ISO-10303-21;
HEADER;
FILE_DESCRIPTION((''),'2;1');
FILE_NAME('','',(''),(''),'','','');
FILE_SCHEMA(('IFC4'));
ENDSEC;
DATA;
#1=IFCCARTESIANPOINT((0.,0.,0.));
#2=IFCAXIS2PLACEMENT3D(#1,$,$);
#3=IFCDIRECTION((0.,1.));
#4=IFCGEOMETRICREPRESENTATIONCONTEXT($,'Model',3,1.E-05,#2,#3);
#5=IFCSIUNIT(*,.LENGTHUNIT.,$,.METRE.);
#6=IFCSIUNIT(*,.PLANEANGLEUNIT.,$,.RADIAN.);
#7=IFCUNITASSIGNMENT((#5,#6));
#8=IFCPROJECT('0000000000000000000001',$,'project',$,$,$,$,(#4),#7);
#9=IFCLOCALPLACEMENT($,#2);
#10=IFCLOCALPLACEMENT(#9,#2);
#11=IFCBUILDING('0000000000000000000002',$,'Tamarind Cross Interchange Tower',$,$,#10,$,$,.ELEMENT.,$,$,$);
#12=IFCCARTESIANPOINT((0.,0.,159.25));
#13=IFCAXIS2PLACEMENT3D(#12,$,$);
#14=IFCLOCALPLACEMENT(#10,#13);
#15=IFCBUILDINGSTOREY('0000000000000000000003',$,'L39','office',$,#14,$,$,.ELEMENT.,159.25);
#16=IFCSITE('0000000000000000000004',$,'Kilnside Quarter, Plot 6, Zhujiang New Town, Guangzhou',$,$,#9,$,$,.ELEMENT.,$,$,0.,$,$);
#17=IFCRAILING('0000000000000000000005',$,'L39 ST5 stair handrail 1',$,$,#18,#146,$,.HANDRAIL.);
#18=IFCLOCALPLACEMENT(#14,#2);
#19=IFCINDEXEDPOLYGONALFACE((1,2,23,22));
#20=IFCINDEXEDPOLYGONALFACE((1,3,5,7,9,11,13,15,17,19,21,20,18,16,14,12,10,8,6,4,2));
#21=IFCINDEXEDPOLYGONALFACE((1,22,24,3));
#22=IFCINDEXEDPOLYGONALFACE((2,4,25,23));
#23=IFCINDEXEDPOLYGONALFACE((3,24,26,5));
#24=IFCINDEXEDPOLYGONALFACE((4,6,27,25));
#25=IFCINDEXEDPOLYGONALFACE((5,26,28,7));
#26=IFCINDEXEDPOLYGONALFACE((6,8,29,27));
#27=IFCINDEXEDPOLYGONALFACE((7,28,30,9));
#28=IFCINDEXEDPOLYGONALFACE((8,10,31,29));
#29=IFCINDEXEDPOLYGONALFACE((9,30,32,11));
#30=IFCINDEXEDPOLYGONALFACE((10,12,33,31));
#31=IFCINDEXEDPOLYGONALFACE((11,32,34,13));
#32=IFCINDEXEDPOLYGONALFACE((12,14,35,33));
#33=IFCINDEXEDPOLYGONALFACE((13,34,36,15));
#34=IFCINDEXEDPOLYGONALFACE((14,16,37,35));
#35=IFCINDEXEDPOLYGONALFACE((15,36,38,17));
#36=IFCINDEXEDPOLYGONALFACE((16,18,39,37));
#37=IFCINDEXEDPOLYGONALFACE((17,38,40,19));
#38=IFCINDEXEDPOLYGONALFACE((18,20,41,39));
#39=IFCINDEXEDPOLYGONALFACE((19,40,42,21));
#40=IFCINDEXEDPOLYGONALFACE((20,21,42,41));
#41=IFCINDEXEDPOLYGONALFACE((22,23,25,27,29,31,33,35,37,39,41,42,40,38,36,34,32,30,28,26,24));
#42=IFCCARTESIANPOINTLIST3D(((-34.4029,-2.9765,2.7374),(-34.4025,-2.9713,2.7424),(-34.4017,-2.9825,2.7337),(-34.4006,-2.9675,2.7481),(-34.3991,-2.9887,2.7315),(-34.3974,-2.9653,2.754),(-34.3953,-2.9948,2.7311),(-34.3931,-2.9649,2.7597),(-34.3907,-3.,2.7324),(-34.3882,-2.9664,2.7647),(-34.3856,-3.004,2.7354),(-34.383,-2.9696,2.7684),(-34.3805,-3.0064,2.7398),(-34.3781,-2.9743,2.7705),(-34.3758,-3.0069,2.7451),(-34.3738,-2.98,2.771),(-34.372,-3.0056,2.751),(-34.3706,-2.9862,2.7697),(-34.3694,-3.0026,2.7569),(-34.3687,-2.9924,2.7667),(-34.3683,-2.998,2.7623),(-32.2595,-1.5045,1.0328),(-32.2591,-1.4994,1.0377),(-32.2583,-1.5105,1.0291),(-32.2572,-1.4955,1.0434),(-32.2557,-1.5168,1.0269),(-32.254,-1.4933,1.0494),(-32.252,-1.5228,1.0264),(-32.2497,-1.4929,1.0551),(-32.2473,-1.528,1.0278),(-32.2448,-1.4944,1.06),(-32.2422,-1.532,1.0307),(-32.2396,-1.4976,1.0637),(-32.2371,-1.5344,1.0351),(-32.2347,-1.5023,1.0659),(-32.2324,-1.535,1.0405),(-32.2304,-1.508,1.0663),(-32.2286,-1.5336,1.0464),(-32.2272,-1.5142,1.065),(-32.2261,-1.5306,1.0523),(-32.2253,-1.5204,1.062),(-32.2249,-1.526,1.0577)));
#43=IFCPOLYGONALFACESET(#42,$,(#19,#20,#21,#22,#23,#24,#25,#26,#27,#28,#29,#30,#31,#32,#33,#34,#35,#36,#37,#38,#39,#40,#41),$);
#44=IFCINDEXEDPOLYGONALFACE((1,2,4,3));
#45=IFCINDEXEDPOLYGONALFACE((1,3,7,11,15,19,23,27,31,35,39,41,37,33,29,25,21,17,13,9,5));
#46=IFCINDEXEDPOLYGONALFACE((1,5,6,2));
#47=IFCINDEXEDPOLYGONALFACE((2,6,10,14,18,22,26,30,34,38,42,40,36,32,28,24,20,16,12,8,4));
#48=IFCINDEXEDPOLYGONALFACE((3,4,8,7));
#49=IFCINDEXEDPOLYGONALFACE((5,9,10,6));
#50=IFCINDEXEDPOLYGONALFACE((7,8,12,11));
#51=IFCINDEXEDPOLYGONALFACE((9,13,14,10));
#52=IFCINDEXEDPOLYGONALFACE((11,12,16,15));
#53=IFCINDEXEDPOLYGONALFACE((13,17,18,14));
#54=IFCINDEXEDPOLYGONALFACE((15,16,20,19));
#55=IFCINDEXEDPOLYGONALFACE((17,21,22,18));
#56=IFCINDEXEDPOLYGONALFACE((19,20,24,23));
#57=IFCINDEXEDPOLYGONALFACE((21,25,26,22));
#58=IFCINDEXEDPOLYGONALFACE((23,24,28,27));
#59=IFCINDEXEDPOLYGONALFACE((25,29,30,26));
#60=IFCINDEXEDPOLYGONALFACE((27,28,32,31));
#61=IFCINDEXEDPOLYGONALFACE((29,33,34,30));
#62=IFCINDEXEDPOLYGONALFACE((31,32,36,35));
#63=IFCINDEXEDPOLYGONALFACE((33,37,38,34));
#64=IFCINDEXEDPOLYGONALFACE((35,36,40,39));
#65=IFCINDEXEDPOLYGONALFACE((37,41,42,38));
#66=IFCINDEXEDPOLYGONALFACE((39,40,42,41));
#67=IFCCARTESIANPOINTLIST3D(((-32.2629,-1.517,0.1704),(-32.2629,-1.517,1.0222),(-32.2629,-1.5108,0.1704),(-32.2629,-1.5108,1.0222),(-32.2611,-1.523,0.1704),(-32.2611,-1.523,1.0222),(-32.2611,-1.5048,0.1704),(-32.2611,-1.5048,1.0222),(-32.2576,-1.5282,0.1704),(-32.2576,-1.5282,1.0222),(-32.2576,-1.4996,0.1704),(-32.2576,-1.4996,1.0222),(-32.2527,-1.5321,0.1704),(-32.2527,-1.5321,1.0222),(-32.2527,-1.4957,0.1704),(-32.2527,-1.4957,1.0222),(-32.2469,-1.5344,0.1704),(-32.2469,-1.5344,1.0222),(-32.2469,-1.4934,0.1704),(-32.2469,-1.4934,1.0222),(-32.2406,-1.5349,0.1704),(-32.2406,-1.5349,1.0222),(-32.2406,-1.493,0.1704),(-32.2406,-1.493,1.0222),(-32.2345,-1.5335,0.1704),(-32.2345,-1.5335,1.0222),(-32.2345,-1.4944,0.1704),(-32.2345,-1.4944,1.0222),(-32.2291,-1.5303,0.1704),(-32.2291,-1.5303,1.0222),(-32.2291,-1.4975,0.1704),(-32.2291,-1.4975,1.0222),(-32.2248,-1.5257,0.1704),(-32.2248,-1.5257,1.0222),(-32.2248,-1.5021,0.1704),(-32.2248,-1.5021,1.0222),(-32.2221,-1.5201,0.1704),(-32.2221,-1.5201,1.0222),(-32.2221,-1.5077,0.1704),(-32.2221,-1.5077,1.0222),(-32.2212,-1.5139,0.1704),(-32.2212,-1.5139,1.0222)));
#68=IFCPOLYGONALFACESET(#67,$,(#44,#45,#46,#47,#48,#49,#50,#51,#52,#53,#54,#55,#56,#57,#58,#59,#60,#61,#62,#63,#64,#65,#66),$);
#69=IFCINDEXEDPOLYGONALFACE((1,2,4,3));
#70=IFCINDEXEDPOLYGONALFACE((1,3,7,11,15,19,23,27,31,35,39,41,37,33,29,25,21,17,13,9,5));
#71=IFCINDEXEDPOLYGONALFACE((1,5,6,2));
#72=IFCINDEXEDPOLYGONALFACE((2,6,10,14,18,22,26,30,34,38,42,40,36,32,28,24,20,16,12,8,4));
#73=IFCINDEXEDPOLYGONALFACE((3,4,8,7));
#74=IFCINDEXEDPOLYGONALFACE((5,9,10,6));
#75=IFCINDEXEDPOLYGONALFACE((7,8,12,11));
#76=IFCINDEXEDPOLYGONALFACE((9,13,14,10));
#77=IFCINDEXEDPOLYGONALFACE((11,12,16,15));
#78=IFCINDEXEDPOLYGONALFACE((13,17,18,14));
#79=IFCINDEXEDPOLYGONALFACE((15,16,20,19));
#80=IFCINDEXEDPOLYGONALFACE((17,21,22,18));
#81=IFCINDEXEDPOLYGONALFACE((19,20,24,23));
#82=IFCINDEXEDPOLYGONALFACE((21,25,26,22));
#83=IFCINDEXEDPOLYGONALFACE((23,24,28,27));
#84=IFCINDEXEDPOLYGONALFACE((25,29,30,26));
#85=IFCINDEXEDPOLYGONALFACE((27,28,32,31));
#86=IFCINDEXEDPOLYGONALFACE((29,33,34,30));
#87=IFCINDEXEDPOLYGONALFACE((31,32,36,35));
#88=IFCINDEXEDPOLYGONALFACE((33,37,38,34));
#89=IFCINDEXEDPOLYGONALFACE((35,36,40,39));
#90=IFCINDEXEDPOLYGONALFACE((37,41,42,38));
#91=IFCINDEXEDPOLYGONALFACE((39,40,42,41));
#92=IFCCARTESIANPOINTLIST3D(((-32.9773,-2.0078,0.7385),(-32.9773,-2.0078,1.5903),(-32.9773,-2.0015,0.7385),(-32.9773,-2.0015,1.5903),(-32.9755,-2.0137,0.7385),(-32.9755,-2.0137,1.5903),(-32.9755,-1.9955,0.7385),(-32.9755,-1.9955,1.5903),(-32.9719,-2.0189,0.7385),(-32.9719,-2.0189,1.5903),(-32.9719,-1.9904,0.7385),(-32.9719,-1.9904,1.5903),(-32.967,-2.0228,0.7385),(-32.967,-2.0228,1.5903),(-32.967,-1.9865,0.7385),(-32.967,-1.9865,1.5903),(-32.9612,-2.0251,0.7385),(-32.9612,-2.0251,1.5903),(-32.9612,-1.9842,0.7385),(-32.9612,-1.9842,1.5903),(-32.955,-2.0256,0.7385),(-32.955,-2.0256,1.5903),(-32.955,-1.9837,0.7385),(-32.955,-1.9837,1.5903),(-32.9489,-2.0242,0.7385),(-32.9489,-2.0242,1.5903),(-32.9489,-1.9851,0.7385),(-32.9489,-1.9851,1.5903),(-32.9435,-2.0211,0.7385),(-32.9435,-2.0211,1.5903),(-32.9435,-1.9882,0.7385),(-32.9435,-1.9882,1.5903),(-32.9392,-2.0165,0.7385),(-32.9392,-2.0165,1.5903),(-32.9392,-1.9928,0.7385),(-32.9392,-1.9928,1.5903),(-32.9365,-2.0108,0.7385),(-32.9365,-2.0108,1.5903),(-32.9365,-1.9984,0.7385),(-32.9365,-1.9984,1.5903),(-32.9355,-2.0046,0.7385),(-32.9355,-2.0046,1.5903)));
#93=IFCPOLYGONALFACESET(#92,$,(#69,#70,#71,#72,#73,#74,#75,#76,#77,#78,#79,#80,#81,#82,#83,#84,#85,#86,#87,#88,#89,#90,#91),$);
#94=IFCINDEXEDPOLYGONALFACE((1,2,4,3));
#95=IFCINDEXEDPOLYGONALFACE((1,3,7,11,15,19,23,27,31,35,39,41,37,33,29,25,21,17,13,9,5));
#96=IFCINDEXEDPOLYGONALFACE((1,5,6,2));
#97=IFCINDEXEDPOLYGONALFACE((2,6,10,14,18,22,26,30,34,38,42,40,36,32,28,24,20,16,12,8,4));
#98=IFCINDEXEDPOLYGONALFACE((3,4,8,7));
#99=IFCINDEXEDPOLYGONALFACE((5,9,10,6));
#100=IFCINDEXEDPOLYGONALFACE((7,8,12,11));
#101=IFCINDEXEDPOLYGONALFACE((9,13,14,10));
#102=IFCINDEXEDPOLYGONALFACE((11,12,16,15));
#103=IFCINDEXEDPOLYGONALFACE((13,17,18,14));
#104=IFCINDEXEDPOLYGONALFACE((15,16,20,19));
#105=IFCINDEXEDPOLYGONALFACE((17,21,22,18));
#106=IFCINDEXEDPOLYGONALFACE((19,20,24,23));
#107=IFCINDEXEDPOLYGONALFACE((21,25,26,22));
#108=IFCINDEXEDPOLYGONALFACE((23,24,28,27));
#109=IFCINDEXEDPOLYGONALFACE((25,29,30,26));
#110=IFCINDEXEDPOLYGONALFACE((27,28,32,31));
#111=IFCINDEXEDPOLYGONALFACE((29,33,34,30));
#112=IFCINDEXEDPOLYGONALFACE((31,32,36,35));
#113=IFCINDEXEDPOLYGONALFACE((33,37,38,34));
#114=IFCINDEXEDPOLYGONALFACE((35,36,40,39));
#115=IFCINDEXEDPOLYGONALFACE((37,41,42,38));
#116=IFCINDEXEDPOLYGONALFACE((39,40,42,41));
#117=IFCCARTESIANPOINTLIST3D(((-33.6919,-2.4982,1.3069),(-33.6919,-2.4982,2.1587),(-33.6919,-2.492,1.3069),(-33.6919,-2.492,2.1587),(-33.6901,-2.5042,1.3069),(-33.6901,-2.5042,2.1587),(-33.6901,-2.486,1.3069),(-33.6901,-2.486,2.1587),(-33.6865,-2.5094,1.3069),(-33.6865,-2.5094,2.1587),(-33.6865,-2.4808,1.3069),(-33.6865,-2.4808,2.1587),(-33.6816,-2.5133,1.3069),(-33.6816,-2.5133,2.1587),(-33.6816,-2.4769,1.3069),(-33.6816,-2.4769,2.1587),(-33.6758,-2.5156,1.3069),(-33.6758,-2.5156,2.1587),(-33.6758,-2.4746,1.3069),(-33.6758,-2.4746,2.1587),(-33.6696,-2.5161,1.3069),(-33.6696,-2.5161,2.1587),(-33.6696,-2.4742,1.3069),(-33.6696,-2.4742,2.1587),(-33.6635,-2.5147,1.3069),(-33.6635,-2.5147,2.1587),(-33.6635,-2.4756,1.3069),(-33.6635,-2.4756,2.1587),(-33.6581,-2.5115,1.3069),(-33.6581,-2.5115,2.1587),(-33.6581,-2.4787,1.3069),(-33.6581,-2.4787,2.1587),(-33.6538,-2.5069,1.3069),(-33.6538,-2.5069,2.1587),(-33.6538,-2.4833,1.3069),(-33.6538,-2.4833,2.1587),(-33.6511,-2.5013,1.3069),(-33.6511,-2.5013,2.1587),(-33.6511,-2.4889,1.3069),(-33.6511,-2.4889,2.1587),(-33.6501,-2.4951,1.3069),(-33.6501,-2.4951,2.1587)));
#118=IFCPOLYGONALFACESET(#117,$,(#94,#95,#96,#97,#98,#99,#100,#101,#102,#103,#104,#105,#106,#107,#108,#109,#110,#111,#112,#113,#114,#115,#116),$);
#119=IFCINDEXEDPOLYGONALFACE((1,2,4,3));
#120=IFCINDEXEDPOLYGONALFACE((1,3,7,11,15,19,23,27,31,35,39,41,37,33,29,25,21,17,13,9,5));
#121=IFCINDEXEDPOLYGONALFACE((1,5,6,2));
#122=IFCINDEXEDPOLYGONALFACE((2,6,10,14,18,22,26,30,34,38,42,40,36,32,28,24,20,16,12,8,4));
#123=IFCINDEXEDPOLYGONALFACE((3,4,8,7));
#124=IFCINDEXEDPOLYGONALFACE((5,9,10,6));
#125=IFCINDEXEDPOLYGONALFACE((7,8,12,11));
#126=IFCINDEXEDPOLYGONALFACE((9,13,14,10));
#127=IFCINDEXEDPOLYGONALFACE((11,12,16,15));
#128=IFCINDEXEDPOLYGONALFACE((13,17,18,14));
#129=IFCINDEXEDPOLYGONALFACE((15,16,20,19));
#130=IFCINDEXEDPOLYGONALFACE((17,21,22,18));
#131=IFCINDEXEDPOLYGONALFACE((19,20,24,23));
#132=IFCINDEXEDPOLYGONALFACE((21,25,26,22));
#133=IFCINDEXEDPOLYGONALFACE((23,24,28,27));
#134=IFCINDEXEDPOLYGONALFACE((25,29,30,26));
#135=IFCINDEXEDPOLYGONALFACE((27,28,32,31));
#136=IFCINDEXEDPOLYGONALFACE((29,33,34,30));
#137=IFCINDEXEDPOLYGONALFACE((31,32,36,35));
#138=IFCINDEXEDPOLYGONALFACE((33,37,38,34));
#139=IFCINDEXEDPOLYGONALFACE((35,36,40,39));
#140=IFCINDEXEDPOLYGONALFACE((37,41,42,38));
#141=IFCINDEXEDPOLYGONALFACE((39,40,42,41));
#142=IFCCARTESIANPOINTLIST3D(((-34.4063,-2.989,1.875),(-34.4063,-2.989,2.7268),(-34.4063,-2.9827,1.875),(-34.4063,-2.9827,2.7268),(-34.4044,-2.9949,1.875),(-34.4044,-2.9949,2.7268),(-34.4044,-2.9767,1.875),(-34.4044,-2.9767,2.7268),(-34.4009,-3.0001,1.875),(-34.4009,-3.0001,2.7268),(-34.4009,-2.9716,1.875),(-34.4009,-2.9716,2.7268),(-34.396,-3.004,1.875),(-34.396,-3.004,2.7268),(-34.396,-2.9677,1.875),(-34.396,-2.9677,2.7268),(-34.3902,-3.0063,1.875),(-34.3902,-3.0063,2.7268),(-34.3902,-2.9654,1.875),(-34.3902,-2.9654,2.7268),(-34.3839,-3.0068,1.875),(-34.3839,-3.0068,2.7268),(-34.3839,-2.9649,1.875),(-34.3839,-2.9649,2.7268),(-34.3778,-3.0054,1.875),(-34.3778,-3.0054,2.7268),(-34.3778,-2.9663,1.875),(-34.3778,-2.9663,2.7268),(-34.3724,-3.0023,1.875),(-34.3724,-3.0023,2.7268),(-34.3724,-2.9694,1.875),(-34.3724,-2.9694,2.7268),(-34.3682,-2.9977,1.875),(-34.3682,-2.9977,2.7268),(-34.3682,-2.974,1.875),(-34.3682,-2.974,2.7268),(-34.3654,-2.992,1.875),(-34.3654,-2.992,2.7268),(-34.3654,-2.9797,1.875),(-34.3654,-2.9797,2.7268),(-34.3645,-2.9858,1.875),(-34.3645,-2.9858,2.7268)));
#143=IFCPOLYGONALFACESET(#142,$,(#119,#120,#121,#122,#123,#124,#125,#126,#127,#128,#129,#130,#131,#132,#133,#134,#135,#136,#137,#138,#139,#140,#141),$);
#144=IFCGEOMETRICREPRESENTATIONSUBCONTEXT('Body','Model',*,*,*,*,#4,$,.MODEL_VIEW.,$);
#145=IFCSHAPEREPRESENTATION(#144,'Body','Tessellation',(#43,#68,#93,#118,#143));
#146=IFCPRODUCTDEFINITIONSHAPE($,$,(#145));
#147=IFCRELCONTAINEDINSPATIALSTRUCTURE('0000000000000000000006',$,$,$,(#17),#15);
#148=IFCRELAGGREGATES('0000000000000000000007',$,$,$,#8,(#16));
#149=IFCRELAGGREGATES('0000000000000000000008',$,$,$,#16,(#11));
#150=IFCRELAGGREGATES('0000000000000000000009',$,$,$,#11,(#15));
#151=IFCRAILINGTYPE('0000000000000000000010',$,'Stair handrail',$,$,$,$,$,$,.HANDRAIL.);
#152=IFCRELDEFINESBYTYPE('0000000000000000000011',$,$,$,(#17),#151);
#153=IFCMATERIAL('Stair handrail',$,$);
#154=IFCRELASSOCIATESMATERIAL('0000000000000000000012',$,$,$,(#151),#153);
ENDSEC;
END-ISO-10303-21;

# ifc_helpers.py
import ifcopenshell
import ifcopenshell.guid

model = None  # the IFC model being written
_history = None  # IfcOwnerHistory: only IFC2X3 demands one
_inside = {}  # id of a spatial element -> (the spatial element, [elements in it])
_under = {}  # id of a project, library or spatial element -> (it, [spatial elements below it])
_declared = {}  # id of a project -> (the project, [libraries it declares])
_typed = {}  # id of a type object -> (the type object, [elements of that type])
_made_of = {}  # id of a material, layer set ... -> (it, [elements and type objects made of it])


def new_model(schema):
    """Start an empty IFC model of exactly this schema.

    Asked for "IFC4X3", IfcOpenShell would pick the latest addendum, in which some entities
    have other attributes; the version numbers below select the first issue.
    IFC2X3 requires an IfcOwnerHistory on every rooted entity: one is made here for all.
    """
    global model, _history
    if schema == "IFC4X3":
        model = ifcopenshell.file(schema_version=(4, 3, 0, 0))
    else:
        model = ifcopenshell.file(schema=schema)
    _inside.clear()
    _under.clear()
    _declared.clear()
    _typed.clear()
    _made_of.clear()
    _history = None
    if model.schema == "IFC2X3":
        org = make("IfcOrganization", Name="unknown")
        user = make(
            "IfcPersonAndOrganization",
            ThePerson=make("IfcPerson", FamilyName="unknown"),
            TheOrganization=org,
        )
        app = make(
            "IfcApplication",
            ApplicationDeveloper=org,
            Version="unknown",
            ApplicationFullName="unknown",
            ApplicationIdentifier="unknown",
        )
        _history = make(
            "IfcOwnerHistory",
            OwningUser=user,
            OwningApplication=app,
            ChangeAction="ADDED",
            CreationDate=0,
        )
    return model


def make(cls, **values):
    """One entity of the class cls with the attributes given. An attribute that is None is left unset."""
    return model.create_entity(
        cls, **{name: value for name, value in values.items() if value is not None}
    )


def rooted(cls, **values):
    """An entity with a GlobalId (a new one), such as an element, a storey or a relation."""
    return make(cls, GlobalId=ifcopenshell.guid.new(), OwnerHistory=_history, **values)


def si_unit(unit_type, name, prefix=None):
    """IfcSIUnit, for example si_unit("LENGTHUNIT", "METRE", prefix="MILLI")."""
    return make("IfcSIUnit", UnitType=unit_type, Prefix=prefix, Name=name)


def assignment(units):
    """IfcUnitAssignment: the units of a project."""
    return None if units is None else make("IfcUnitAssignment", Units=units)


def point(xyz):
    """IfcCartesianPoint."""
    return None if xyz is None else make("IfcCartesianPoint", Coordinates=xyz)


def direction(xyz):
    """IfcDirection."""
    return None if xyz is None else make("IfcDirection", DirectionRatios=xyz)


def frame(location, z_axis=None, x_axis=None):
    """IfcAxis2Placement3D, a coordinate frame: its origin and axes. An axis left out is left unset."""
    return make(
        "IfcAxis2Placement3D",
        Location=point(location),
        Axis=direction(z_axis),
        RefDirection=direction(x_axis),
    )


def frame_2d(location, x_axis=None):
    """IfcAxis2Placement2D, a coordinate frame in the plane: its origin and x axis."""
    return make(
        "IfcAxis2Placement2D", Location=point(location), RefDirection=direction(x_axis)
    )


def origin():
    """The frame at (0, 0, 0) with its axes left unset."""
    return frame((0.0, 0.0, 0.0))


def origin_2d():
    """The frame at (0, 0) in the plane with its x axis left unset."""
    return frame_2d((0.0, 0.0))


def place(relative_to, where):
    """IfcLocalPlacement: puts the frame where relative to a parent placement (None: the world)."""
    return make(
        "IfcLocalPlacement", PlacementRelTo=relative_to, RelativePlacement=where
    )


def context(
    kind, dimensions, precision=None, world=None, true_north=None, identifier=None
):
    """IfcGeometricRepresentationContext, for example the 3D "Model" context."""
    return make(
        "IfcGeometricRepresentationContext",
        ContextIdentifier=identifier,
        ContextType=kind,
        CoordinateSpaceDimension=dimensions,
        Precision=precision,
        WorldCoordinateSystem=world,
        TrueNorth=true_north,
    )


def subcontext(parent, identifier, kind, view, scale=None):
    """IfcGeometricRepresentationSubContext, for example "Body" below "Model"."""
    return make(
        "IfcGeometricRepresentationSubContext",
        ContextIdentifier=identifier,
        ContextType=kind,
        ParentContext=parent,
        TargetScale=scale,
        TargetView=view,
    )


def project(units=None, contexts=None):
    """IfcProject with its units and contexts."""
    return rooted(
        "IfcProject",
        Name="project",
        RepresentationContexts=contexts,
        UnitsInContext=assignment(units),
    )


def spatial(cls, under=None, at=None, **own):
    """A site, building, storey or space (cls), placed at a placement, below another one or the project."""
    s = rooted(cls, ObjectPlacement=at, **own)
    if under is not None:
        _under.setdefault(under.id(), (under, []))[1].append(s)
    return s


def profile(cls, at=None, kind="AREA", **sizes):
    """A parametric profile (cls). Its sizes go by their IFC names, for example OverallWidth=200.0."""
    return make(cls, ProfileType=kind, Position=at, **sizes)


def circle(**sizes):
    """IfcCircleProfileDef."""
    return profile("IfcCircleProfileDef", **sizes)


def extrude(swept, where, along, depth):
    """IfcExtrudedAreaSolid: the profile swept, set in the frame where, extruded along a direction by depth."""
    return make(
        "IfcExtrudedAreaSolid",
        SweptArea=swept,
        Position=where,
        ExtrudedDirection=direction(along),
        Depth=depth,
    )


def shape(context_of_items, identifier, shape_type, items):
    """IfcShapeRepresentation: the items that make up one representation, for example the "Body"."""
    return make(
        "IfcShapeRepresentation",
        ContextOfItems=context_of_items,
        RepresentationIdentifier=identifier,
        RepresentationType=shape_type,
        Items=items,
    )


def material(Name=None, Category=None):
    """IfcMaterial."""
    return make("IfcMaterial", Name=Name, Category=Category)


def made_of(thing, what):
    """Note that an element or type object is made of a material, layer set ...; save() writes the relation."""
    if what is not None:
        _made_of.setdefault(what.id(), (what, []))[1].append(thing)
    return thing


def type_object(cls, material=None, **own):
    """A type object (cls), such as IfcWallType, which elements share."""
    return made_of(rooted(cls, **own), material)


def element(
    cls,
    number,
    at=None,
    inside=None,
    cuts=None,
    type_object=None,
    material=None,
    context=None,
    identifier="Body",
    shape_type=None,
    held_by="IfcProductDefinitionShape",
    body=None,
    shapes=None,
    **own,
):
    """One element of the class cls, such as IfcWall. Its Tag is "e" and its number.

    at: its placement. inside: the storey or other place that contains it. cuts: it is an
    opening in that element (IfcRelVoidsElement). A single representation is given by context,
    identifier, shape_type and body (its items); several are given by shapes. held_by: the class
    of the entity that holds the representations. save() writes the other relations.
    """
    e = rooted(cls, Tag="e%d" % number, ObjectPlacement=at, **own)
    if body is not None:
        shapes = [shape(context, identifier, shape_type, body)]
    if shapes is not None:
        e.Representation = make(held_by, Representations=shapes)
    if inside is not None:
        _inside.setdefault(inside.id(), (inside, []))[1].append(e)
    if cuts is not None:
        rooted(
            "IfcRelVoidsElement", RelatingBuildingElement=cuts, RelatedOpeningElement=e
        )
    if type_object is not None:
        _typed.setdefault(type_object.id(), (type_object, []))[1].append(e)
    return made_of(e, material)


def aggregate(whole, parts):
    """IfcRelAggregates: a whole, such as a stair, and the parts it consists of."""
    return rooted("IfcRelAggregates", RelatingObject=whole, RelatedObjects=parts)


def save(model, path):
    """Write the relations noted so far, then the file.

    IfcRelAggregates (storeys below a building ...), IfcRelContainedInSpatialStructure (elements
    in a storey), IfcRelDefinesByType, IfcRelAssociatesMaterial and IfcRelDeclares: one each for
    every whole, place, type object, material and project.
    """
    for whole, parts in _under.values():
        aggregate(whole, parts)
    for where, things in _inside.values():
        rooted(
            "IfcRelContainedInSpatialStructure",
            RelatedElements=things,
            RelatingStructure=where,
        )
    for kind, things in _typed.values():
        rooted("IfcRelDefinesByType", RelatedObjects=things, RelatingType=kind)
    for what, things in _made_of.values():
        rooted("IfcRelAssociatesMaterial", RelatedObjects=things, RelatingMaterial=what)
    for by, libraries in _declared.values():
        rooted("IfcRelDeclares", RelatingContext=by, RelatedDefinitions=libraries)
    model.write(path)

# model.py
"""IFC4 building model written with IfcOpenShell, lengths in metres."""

from ifc_helpers import new_model, si_unit, direction, frame, origin, origin_2d, place, context, subcontext, project, spatial, circle, extrude, material, type_object, element, save


model = new_model("IFC4")

# Units and contexts
model_context = context("Model", 3, precision=1e-05, world=origin(), true_north=direction((0.0, 1.0)))
body_context = subcontext(model_context, "Body", "Model", "MODEL_VIEW")
ifc_project = project(units=[si_unit("LENGTHUNIT", "METRE"), si_unit("PLANEANGLEUNIT", "RADIAN")], contexts=[model_context])

# Site, building, storey
site_placement = place(None, origin())
site = spatial("IfcSite", under=ifc_project, at=site_placement, Name="Kilnside Quarter, Plot 6, Zhujiang New Town, Guangzhou", CompositionType="ELEMENT", RefElevation=0.0)
building_placement = place(site_placement, origin())
building = spatial("IfcBuilding", under=site, at=building_placement, Name="Tamarind Cross Interchange Tower", CompositionType="ELEMENT")
storey_placement = place(building_placement, frame((0.0, 0.0, 159.25)))
storey = spatial("IfcBuildingStorey", under=building, at=storey_placement, Name="L39", Description="office", CompositionType="ELEMENT", Elevation=159.25)

# Railing
ifc_material_1 = material(Name="Stair handrail")
railing_type_1 = type_object("IfcRailingType", Name="Stair handrail", PredefinedType="HANDRAIL", material=ifc_material_1)
railing_1_placement = place(storey_placement, frame((-32.2422, -1.5139, 0.1704)))
element("IfcRailing", 1, at=railing_1_placement, inside=storey, type_object=railing_type_1, Name="L39 ST5 stair handrail 1", PredefinedType="HANDRAIL", context=body_context, shape_type="SweptSolid", body=[
    extrude(circle(Radius=0.0239, at=origin_2d()), frame((0.0, 0.0, 0.876), z_axis=(-0.689386, -0.473438, 0.548274), x_axis=(0.56611, -0.824329, 0.0)), (0.0, 0.0, 1.0), 3.1091),
    extrude(circle(Radius=0.021, at=origin_2d()), origin(), (0.0, 0.0, 1.0), 0.8518),
    extrude(circle(Radius=0.021, at=origin_2d()), frame((-0.7144, -0.4907, 0.5681)), (0.0, 0.0, 1.0), 0.8518),
    extrude(circle(Radius=0.021, at=origin_2d()), frame((-1.429, -0.9812, 1.1365)), (0.0, 0.0, 1.0), 0.8518),
    extrude(circle(Radius=0.021, at=origin_2d()), frame((-2.1433, -1.4719, 1.7046)), (0.0, 0.0, 1.0), 0.8518),
])

save(model, "model.ifc")
